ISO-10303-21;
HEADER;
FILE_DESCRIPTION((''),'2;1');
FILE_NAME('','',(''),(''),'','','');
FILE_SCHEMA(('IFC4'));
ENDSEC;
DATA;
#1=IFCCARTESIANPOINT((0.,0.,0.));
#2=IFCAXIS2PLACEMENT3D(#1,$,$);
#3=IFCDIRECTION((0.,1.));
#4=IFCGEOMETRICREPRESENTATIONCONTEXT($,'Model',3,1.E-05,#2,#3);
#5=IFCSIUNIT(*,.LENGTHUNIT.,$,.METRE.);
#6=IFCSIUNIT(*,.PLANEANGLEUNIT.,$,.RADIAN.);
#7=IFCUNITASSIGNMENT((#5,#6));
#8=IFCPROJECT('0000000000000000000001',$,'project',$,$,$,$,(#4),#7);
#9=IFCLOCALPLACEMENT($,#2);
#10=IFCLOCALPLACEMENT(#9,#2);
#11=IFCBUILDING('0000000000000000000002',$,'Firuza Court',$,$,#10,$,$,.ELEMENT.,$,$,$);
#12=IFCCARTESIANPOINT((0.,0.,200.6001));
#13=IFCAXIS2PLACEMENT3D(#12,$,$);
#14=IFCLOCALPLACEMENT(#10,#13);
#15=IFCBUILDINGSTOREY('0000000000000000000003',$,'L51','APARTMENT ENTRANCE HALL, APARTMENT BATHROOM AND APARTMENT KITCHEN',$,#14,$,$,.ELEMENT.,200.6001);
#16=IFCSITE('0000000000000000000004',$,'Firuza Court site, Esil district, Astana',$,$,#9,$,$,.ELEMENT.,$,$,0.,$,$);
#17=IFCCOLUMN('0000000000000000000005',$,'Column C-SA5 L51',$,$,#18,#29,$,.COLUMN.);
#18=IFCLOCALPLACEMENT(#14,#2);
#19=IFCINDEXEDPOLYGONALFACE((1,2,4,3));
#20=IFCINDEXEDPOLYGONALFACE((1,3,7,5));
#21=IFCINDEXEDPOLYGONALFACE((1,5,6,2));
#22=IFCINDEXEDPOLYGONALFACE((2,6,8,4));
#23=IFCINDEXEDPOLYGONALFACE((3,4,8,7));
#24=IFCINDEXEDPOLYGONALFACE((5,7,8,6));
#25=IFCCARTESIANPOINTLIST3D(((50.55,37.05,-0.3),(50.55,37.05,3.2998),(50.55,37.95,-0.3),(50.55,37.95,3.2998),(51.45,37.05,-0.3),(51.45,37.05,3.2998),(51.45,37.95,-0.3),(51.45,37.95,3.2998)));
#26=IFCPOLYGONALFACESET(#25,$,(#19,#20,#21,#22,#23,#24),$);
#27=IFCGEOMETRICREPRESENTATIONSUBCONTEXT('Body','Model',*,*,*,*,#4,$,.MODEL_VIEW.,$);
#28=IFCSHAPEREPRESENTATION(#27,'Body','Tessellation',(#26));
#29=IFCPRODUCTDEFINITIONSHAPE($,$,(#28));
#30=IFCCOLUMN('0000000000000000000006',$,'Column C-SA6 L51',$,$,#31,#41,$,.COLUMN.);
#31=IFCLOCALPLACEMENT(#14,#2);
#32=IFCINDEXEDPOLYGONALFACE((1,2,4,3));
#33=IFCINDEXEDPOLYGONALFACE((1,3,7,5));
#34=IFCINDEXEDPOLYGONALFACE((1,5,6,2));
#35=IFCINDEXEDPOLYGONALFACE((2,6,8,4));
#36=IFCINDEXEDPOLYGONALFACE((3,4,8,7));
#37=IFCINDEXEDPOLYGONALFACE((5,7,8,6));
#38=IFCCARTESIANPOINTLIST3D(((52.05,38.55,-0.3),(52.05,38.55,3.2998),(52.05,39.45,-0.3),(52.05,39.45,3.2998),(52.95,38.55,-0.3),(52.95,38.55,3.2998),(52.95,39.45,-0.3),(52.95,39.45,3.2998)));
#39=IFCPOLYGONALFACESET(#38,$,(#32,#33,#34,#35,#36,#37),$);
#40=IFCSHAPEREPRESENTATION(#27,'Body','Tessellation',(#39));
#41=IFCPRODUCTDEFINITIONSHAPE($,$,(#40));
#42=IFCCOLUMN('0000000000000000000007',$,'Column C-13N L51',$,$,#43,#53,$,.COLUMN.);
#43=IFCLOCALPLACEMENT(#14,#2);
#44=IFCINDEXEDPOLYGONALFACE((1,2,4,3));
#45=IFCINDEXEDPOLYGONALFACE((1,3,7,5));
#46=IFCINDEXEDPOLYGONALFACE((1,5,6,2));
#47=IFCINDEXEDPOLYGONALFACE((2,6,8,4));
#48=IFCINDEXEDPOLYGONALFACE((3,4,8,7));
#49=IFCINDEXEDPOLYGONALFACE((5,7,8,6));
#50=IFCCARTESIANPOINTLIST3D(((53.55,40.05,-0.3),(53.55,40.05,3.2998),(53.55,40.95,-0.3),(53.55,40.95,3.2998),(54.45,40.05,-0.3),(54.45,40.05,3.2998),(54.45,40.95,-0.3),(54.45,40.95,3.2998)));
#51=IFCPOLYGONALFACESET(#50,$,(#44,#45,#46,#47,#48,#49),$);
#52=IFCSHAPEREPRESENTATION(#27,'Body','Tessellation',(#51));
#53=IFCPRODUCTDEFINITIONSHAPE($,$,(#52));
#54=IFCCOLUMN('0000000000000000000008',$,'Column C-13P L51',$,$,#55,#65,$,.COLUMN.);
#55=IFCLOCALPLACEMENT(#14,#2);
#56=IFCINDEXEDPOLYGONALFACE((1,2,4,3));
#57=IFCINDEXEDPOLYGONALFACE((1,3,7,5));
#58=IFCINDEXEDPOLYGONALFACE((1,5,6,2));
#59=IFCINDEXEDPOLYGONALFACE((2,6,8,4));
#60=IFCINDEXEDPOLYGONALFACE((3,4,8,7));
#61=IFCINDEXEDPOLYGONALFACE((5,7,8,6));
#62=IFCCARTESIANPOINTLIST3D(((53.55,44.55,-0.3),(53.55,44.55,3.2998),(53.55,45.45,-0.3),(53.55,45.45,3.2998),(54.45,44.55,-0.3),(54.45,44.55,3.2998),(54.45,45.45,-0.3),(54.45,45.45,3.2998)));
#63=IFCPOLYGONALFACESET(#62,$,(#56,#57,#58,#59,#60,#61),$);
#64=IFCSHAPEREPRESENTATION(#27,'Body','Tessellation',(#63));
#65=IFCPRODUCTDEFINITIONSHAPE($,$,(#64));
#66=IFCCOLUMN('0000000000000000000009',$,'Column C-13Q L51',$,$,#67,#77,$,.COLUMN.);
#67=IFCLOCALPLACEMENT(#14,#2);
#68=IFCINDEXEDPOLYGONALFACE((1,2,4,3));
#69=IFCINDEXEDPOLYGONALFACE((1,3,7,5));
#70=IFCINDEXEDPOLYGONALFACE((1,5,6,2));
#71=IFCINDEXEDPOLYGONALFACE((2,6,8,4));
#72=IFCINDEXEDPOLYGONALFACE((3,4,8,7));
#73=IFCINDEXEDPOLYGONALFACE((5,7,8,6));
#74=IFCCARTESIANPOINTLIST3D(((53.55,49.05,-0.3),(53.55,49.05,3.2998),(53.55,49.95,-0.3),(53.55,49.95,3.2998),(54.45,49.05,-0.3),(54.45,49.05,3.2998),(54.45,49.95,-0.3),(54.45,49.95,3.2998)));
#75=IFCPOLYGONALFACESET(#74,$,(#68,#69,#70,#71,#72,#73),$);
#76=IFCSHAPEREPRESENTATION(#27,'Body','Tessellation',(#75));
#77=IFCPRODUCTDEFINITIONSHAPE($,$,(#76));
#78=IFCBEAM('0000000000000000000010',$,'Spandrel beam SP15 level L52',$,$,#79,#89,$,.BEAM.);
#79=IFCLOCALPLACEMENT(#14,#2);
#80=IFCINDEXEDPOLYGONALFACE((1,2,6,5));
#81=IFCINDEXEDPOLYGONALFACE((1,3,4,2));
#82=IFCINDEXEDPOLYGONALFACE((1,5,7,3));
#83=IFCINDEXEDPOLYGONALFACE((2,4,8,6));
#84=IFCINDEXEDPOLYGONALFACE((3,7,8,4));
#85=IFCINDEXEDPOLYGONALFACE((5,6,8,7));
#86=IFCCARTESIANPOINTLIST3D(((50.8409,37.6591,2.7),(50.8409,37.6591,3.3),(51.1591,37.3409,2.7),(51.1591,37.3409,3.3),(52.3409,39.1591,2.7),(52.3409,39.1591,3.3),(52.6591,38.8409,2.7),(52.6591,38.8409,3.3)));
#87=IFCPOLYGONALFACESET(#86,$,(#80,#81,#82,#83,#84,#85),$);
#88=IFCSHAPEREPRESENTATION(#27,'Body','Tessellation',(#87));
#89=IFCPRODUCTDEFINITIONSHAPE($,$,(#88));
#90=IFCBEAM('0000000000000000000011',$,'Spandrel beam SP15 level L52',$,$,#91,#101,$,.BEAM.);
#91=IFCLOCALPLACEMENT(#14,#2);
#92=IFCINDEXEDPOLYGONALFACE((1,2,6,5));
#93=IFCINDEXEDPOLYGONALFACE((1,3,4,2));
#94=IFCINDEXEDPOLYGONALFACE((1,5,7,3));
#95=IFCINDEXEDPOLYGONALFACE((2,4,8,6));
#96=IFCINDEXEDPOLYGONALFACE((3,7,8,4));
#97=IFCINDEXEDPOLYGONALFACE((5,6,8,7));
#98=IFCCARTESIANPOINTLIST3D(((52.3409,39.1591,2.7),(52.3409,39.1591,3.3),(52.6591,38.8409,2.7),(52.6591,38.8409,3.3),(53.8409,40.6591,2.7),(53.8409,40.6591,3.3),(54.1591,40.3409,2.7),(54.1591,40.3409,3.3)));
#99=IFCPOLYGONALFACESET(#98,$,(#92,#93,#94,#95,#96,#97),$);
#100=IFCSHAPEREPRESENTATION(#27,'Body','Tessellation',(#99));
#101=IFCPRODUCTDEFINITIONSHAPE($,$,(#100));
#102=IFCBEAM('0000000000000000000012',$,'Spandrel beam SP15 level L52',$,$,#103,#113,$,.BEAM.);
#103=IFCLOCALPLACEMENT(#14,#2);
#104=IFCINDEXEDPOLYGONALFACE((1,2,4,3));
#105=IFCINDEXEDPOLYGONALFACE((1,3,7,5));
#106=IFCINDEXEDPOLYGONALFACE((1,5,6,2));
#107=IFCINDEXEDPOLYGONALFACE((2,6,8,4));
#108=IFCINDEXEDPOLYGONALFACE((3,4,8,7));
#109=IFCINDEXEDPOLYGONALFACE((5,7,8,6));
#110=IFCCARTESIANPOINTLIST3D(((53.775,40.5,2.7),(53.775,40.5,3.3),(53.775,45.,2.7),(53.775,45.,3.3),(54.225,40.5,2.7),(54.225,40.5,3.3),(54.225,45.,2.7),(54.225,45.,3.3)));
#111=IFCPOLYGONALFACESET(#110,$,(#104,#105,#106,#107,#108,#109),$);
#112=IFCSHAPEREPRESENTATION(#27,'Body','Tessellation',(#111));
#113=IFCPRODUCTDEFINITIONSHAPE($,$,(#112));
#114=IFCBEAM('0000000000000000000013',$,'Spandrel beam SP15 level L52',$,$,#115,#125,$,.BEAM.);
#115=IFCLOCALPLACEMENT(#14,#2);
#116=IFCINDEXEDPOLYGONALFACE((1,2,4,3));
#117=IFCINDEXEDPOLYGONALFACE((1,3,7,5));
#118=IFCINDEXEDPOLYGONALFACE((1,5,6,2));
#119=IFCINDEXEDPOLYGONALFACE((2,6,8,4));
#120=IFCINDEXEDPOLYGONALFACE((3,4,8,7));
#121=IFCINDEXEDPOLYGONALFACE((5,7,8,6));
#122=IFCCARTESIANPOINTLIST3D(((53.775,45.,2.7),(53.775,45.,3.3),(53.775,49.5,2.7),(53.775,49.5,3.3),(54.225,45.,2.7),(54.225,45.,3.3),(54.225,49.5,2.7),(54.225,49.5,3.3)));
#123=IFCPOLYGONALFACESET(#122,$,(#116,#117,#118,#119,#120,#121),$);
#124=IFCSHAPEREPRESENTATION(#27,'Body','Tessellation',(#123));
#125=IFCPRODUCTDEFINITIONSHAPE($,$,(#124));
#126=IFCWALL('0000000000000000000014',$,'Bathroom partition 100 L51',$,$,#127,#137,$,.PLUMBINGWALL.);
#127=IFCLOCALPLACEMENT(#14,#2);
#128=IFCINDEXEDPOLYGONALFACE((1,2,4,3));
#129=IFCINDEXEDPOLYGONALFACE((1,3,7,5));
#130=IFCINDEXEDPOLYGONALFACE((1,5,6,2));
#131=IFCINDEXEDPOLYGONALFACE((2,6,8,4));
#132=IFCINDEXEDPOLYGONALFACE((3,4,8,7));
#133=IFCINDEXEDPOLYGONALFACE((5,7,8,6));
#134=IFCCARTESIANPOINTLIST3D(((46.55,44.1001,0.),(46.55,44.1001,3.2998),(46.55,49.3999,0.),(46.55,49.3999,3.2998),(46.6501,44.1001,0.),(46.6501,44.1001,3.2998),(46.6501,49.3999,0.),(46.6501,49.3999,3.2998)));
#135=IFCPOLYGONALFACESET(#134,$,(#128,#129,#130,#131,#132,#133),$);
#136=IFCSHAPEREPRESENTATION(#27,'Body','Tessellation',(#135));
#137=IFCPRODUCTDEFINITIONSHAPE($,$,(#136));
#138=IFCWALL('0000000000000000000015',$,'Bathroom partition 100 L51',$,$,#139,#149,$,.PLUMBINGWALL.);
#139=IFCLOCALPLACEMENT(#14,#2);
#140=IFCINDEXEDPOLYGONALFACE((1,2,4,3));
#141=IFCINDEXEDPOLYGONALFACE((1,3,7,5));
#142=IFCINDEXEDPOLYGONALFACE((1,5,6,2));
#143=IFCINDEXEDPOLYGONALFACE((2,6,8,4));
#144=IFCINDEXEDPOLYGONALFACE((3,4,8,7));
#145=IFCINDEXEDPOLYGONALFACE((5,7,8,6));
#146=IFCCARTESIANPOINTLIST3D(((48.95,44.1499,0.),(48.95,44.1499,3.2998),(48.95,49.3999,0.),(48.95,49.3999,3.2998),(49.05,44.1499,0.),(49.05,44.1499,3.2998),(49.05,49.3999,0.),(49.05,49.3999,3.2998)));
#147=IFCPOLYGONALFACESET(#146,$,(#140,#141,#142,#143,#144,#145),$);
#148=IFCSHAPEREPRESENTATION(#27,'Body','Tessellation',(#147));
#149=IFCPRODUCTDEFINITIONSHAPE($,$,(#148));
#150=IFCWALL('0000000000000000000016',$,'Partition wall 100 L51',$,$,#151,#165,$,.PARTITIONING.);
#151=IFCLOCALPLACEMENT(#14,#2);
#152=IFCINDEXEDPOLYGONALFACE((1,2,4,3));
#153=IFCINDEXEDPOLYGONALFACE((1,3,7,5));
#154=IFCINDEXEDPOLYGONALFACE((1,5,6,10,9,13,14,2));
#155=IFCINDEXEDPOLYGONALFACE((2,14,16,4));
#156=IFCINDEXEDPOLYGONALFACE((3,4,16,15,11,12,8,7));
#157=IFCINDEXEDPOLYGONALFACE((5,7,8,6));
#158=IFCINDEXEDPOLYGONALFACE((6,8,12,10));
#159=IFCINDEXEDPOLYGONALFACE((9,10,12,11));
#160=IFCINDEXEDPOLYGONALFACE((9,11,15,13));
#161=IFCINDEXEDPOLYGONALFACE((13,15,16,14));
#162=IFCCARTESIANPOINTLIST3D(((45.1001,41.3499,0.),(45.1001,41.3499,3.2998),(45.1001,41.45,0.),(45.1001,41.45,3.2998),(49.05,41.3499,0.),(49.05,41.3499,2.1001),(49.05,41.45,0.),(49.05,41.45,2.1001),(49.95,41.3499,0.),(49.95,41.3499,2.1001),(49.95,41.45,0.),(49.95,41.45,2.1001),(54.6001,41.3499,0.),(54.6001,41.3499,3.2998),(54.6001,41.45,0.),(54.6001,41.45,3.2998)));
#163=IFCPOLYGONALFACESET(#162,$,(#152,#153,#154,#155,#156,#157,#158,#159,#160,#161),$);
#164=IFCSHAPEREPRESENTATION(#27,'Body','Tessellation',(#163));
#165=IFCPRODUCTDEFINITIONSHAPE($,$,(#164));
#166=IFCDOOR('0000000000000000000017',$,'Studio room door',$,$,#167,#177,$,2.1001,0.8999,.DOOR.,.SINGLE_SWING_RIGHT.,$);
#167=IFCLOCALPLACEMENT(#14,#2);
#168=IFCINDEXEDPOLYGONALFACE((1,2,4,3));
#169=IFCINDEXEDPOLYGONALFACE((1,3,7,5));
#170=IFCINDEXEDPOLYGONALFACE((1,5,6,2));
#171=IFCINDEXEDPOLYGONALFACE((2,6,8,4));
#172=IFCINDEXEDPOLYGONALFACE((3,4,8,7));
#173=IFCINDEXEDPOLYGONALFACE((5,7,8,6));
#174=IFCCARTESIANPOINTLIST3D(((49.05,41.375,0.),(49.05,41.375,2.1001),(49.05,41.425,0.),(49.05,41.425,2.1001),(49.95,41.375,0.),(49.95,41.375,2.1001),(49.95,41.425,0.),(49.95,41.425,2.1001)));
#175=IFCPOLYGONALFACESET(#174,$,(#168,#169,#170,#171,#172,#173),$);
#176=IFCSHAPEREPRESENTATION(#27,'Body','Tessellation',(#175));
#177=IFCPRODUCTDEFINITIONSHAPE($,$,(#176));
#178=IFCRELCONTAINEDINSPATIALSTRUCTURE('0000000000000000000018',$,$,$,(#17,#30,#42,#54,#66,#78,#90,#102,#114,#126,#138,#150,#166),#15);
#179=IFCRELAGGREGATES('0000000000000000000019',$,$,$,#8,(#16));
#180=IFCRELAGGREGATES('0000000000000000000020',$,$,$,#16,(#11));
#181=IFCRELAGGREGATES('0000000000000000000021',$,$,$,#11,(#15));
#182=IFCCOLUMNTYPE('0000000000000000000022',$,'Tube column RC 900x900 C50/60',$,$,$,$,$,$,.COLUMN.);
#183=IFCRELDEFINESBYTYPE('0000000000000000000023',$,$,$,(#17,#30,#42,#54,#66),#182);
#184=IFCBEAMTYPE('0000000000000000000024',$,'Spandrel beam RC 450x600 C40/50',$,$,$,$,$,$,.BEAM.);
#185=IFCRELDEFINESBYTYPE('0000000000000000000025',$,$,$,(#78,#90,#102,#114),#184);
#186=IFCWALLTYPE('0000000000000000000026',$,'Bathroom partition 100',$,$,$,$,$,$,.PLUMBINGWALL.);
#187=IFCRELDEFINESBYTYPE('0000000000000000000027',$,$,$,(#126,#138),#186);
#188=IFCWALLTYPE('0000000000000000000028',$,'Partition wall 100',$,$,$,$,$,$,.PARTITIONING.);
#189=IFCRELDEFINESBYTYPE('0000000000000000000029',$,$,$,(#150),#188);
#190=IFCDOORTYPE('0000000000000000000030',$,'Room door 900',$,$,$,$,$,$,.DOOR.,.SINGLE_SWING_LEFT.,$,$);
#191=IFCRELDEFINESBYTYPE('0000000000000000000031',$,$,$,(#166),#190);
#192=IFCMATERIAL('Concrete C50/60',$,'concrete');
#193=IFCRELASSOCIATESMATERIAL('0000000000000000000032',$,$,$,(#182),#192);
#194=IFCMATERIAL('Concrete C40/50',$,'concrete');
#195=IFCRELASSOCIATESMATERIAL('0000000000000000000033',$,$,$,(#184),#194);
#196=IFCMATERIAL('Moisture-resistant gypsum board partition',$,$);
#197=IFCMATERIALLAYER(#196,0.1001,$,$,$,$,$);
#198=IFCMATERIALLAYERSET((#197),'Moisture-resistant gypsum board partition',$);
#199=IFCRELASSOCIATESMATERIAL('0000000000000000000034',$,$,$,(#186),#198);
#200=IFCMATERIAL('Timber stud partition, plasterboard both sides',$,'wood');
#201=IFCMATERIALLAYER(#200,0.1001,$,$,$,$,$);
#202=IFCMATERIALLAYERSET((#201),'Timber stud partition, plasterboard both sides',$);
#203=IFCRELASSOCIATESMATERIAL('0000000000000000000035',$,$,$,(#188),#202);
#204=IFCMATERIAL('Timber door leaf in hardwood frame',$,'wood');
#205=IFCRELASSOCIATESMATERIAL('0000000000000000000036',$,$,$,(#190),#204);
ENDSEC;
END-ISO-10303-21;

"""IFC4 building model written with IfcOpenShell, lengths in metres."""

from ifc_helpers import new_model, si_unit, direction, frame, frame_2d, origin, origin_2d, place, context, subcontext, project, spatial, rectangle, extrude, material, layer, layer_set, material_profile, profile_set, type_object, element, fill, save


model = new_model("IFC4")

# Units and contexts
model_context = context("Model", 3, precision=1e-05, world=origin(), true_north=direction((0.0, 1.0)))
body_context = subcontext(model_context, "Body", "Model", "MODEL_VIEW")
ifc_project = project(units=[si_unit("LENGTHUNIT", "METRE"), si_unit("PLANEANGLEUNIT", "RADIAN")], contexts=[model_context])

# Site, building, storey
site_placement = place(None, origin())
site = spatial("IfcSite", under=ifc_project, at=site_placement, Name="Firuza Court site, Esil district, Astana", CompositionType="ELEMENT", RefElevation=0.0)
building_placement = place(site_placement, origin())
building = spatial("IfcBuilding", under=site, at=building_placement, Name="Firuza Court", CompositionType="ELEMENT")
storey_placement = place(building_placement, frame((0.0, 0.0, 200.6001)))
storey = spatial("IfcBuildingStorey", under=building, at=storey_placement, Name="L51", Description="APARTMENT ENTRANCE HALL, APARTMENT BATHROOM AND APARTMENT KITCHEN", CompositionType="ELEMENT", Elevation=200.6001)

# Columns
ifc_material_1 = material(Name="Concrete C50/60", Category="concrete")
ifc_material_profile_1 = material_profile(ifc_material_1, rectangle(XDim=0.8999, YDim=0.8999, at=origin_2d()), Name="RC 900x900")
ifc_profile_set_1 = profile_set([ifc_material_profile_1], Name="Concrete C50/60")
column_type = type_object("IfcColumnType", Name="Tube column RC 900x900 C50/60", PredefinedType="COLUMN", material=ifc_profile_set_1)
for number, where, z_axis, x_axis, name in (
    (1, (51.0, 37.5, -0.3), (0.0, 0.0, 1.0), (1.0, 0.0, 0.0), "Column C-SA5 L51"),
    (2, (52.5, 39.0, -0.3), (0.0, 0.0, 1.0), (1.0, 0.0, 0.0), "Column C-SA6 L51"),
    (3, (54.0, 40.5, -0.3), (0.0, 0.0, 1.0), (1.0, 0.0, 0.0), "Column C-13N L51"),
    (4, (54.0, 45.0, -0.3), (0.0, 0.0, 1.0), (1.0, 0.0, 0.0), "Column C-13P L51"),
    (5, (54.0, 49.5, -0.3), (0.0, 0.0, 1.0), (1.0, 0.0, 0.0), "Column C-13Q L51"),
):
    element("IfcColumn", number, at=place(storey_placement, frame(where, z_axis=z_axis, x_axis=x_axis)), inside=storey, type_object=column_type, Name=name, PredefinedType="COLUMN", context=body_context, shape_type="SweptSolid", body=[
        extrude(rectangle(XDim=0.8999, YDim=0.8999, at=origin_2d()), origin(), (0.0, 0.0, 1.0), 3.5999),
    ])

# Beams
ifc_material_2 = material(Name="Concrete C40/50", Category="concrete")
ifc_material_profile_2 = material_profile(ifc_material_2, rectangle(XDim=0.45, YDim=0.6001, at=origin_2d()), Name="RC 450x600")
ifc_profile_set_2 = profile_set([ifc_material_profile_2], Name="Concrete C40/50")
beam_type = type_object("IfcBeamType", Name="Spandrel beam RC 450x600 C40/50", PredefinedType="BEAM", material=ifc_profile_set_2)
for number, where, z_axis, x_axis, name in (
    (6, (51.0, 37.5, 3.0), (0.707107, 0.707107, 0.0), (-0.707107, 0.707107, 0.0), "Spandrel beam SP15 level L52"),
    (7, (52.5, 39.0, 3.0), (0.707107, 0.707107, 0.0), (-0.707107, 0.707107, 0.0), "Spandrel beam SP15 level L52"),
):
    element("IfcBeam", number, at=place(storey_placement, frame(where, z_axis=z_axis, x_axis=x_axis)), inside=storey, type_object=beam_type, Name=name, PredefinedType="BEAM", context=body_context, shape_type="SweptSolid", body=[
        extrude(rectangle(XDim=0.45, YDim=0.6001, at=origin_2d()), origin(), (0.0, 0.0, 1.0), 2.1213),
    ])
for number, where, z_axis, x_axis, name in (
    (8, (54.0, 40.5, 3.0), (0.0, 1.0, 0.0), (-1.0, 0.0, 0.0), "Spandrel beam SP15 level L52"),
    (9, (54.0, 45.0, 3.0), (0.0, 1.0, 0.0), (-1.0, 0.0, 0.0), "Spandrel beam SP15 level L52"),
):
    element("IfcBeam", number, at=place(storey_placement, frame(where, z_axis=z_axis, x_axis=x_axis)), inside=storey, type_object=beam_type, Name=name, PredefinedType="BEAM", context=body_context, shape_type="SweptSolid", body=[
        extrude(rectangle(XDim=0.45, YDim=0.6001, at=origin_2d()), origin(), (0.0, 0.0, 1.0), 4.5),
    ])

# Walls
ifc_material_3 = material(Name="Moisture-resistant gypsum board partition")
ifc_layer_1 = layer(ifc_material_3, 0.1001)
ifc_layer_set_1 = layer_set([ifc_layer_1], Name="Moisture-resistant gypsum board partition")
wall_type_1 = type_object("IfcWallType", Name="Bathroom partition 100", PredefinedType="PLUMBINGWALL", material=ifc_layer_set_1)
wall_1_placement = place(storey_placement, frame((46.6001, 44.1001, 0.0), z_axis=(0.0, 0.0, 1.0), x_axis=(0.0, 1.0, 0.0)))
element("IfcWall", 10, at=wall_1_placement, inside=storey, type_object=wall_type_1, Name="Bathroom partition 100 L51", PredefinedType="PLUMBINGWALL", context=body_context, shape_type="SweptSolid", body=[
    extrude(rectangle(XDim=5.2998, YDim=0.1001, at=frame_2d((2.6499, 0.0))), origin(), (0.0, 0.0, 1.0), 3.2998),
])
wall_2_placement = place(storey_placement, frame((49.0, 44.1499, 0.0), z_axis=(0.0, 0.0, 1.0), x_axis=(0.0, 1.0, 0.0)))
element("IfcWall", 11, at=wall_2_placement, inside=storey, type_object=wall_type_1, Name="Bathroom partition 100 L51", PredefinedType="PLUMBINGWALL", context=body_context, shape_type="SweptSolid", body=[
    extrude(rectangle(XDim=5.25, YDim=0.1001, at=frame_2d((2.625, 0.0))), origin(), (0.0, 0.0, 1.0), 3.2998),
])

# Wall, opening, door
ifc_material_4 = material(Name="Timber stud partition, plasterboard both sides", Category="wood")
ifc_layer_2 = layer(ifc_material_4, 0.1001)
ifc_layer_set_2 = layer_set([ifc_layer_2], Name="Timber stud partition, plasterboard both sides")
wall_type_2 = type_object("IfcWallType", Name="Partition wall 100", PredefinedType="PARTITIONING", material=ifc_layer_set_2)
wall_3_placement = place(storey_placement, frame((45.1001, 41.3999, 0.0), z_axis=(0.0, 0.0, 1.0), x_axis=(1.0, 0.0, 0.0)))
wall_3 = element("IfcWall", 12, at=wall_3_placement, inside=storey, type_object=wall_type_2, Name="Partition wall 100 L51", PredefinedType="PARTITIONING", context=body_context, shape_type="SweptSolid", body=[
    extrude(rectangle(XDim=9.5, YDim=0.1001, at=frame_2d((4.75, 0.0))), origin(), (0.0, 0.0, 1.0), 3.2998),
])
opening_1_placement = place(wall_3_placement, frame((3.95, 0.0, 0.0)))
opening_1 = element("IfcOpeningElement", 13, at=opening_1_placement, cuts=wall_3, PredefinedType="OPENING", context=body_context, shape_type="SweptSolid", body=[
    extrude(rectangle(XDim=0.8999, YDim=2.1001, at=frame_2d((0.45, 1.05))), frame((0.0, 0.062, 0.0), z_axis=(0.0, -1.0, 0.0), x_axis=(1.0, 0.0, 0.0)), (0.0, 0.0, 1.0), 0.124),
])
ifc_material_5 = material(Name="Timber door leaf in hardwood frame", Category="wood")
door_type_1 = type_object("IfcDoorType", Name="Room door 900", OperationType="SINGLE_SWING_LEFT", PredefinedType="DOOR", material=ifc_material_5)
door_1_placement = place(opening_1_placement, frame((0.8999, 0.0, 0.0), z_axis=(0.0, 0.0, 1.0), x_axis=(-1.0, 0.0, 0.0)))
door_1 = element("IfcDoor", 14, at=door_1_placement, inside=storey, type_object=door_type_1, Name="Studio room door", OperationType="SINGLE_SWING_RIGHT", OverallHeight=2.1001, OverallWidth=0.8999, PredefinedType="DOOR", context=body_context, shape_type="SweptSolid", body=[
    extrude(rectangle(XDim=0.8999, YDim=2.1001, at=frame_2d((0.45, 1.05))), frame((0.0, 0.0249, 0.0), z_axis=(0.0, -1.0, 0.0), x_axis=(1.0, 0.0, 0.0)), (0.0, 0.0, 1.0), 0.05),
])
fill(opening_1, door_1)

save(model, "model.ifc")
